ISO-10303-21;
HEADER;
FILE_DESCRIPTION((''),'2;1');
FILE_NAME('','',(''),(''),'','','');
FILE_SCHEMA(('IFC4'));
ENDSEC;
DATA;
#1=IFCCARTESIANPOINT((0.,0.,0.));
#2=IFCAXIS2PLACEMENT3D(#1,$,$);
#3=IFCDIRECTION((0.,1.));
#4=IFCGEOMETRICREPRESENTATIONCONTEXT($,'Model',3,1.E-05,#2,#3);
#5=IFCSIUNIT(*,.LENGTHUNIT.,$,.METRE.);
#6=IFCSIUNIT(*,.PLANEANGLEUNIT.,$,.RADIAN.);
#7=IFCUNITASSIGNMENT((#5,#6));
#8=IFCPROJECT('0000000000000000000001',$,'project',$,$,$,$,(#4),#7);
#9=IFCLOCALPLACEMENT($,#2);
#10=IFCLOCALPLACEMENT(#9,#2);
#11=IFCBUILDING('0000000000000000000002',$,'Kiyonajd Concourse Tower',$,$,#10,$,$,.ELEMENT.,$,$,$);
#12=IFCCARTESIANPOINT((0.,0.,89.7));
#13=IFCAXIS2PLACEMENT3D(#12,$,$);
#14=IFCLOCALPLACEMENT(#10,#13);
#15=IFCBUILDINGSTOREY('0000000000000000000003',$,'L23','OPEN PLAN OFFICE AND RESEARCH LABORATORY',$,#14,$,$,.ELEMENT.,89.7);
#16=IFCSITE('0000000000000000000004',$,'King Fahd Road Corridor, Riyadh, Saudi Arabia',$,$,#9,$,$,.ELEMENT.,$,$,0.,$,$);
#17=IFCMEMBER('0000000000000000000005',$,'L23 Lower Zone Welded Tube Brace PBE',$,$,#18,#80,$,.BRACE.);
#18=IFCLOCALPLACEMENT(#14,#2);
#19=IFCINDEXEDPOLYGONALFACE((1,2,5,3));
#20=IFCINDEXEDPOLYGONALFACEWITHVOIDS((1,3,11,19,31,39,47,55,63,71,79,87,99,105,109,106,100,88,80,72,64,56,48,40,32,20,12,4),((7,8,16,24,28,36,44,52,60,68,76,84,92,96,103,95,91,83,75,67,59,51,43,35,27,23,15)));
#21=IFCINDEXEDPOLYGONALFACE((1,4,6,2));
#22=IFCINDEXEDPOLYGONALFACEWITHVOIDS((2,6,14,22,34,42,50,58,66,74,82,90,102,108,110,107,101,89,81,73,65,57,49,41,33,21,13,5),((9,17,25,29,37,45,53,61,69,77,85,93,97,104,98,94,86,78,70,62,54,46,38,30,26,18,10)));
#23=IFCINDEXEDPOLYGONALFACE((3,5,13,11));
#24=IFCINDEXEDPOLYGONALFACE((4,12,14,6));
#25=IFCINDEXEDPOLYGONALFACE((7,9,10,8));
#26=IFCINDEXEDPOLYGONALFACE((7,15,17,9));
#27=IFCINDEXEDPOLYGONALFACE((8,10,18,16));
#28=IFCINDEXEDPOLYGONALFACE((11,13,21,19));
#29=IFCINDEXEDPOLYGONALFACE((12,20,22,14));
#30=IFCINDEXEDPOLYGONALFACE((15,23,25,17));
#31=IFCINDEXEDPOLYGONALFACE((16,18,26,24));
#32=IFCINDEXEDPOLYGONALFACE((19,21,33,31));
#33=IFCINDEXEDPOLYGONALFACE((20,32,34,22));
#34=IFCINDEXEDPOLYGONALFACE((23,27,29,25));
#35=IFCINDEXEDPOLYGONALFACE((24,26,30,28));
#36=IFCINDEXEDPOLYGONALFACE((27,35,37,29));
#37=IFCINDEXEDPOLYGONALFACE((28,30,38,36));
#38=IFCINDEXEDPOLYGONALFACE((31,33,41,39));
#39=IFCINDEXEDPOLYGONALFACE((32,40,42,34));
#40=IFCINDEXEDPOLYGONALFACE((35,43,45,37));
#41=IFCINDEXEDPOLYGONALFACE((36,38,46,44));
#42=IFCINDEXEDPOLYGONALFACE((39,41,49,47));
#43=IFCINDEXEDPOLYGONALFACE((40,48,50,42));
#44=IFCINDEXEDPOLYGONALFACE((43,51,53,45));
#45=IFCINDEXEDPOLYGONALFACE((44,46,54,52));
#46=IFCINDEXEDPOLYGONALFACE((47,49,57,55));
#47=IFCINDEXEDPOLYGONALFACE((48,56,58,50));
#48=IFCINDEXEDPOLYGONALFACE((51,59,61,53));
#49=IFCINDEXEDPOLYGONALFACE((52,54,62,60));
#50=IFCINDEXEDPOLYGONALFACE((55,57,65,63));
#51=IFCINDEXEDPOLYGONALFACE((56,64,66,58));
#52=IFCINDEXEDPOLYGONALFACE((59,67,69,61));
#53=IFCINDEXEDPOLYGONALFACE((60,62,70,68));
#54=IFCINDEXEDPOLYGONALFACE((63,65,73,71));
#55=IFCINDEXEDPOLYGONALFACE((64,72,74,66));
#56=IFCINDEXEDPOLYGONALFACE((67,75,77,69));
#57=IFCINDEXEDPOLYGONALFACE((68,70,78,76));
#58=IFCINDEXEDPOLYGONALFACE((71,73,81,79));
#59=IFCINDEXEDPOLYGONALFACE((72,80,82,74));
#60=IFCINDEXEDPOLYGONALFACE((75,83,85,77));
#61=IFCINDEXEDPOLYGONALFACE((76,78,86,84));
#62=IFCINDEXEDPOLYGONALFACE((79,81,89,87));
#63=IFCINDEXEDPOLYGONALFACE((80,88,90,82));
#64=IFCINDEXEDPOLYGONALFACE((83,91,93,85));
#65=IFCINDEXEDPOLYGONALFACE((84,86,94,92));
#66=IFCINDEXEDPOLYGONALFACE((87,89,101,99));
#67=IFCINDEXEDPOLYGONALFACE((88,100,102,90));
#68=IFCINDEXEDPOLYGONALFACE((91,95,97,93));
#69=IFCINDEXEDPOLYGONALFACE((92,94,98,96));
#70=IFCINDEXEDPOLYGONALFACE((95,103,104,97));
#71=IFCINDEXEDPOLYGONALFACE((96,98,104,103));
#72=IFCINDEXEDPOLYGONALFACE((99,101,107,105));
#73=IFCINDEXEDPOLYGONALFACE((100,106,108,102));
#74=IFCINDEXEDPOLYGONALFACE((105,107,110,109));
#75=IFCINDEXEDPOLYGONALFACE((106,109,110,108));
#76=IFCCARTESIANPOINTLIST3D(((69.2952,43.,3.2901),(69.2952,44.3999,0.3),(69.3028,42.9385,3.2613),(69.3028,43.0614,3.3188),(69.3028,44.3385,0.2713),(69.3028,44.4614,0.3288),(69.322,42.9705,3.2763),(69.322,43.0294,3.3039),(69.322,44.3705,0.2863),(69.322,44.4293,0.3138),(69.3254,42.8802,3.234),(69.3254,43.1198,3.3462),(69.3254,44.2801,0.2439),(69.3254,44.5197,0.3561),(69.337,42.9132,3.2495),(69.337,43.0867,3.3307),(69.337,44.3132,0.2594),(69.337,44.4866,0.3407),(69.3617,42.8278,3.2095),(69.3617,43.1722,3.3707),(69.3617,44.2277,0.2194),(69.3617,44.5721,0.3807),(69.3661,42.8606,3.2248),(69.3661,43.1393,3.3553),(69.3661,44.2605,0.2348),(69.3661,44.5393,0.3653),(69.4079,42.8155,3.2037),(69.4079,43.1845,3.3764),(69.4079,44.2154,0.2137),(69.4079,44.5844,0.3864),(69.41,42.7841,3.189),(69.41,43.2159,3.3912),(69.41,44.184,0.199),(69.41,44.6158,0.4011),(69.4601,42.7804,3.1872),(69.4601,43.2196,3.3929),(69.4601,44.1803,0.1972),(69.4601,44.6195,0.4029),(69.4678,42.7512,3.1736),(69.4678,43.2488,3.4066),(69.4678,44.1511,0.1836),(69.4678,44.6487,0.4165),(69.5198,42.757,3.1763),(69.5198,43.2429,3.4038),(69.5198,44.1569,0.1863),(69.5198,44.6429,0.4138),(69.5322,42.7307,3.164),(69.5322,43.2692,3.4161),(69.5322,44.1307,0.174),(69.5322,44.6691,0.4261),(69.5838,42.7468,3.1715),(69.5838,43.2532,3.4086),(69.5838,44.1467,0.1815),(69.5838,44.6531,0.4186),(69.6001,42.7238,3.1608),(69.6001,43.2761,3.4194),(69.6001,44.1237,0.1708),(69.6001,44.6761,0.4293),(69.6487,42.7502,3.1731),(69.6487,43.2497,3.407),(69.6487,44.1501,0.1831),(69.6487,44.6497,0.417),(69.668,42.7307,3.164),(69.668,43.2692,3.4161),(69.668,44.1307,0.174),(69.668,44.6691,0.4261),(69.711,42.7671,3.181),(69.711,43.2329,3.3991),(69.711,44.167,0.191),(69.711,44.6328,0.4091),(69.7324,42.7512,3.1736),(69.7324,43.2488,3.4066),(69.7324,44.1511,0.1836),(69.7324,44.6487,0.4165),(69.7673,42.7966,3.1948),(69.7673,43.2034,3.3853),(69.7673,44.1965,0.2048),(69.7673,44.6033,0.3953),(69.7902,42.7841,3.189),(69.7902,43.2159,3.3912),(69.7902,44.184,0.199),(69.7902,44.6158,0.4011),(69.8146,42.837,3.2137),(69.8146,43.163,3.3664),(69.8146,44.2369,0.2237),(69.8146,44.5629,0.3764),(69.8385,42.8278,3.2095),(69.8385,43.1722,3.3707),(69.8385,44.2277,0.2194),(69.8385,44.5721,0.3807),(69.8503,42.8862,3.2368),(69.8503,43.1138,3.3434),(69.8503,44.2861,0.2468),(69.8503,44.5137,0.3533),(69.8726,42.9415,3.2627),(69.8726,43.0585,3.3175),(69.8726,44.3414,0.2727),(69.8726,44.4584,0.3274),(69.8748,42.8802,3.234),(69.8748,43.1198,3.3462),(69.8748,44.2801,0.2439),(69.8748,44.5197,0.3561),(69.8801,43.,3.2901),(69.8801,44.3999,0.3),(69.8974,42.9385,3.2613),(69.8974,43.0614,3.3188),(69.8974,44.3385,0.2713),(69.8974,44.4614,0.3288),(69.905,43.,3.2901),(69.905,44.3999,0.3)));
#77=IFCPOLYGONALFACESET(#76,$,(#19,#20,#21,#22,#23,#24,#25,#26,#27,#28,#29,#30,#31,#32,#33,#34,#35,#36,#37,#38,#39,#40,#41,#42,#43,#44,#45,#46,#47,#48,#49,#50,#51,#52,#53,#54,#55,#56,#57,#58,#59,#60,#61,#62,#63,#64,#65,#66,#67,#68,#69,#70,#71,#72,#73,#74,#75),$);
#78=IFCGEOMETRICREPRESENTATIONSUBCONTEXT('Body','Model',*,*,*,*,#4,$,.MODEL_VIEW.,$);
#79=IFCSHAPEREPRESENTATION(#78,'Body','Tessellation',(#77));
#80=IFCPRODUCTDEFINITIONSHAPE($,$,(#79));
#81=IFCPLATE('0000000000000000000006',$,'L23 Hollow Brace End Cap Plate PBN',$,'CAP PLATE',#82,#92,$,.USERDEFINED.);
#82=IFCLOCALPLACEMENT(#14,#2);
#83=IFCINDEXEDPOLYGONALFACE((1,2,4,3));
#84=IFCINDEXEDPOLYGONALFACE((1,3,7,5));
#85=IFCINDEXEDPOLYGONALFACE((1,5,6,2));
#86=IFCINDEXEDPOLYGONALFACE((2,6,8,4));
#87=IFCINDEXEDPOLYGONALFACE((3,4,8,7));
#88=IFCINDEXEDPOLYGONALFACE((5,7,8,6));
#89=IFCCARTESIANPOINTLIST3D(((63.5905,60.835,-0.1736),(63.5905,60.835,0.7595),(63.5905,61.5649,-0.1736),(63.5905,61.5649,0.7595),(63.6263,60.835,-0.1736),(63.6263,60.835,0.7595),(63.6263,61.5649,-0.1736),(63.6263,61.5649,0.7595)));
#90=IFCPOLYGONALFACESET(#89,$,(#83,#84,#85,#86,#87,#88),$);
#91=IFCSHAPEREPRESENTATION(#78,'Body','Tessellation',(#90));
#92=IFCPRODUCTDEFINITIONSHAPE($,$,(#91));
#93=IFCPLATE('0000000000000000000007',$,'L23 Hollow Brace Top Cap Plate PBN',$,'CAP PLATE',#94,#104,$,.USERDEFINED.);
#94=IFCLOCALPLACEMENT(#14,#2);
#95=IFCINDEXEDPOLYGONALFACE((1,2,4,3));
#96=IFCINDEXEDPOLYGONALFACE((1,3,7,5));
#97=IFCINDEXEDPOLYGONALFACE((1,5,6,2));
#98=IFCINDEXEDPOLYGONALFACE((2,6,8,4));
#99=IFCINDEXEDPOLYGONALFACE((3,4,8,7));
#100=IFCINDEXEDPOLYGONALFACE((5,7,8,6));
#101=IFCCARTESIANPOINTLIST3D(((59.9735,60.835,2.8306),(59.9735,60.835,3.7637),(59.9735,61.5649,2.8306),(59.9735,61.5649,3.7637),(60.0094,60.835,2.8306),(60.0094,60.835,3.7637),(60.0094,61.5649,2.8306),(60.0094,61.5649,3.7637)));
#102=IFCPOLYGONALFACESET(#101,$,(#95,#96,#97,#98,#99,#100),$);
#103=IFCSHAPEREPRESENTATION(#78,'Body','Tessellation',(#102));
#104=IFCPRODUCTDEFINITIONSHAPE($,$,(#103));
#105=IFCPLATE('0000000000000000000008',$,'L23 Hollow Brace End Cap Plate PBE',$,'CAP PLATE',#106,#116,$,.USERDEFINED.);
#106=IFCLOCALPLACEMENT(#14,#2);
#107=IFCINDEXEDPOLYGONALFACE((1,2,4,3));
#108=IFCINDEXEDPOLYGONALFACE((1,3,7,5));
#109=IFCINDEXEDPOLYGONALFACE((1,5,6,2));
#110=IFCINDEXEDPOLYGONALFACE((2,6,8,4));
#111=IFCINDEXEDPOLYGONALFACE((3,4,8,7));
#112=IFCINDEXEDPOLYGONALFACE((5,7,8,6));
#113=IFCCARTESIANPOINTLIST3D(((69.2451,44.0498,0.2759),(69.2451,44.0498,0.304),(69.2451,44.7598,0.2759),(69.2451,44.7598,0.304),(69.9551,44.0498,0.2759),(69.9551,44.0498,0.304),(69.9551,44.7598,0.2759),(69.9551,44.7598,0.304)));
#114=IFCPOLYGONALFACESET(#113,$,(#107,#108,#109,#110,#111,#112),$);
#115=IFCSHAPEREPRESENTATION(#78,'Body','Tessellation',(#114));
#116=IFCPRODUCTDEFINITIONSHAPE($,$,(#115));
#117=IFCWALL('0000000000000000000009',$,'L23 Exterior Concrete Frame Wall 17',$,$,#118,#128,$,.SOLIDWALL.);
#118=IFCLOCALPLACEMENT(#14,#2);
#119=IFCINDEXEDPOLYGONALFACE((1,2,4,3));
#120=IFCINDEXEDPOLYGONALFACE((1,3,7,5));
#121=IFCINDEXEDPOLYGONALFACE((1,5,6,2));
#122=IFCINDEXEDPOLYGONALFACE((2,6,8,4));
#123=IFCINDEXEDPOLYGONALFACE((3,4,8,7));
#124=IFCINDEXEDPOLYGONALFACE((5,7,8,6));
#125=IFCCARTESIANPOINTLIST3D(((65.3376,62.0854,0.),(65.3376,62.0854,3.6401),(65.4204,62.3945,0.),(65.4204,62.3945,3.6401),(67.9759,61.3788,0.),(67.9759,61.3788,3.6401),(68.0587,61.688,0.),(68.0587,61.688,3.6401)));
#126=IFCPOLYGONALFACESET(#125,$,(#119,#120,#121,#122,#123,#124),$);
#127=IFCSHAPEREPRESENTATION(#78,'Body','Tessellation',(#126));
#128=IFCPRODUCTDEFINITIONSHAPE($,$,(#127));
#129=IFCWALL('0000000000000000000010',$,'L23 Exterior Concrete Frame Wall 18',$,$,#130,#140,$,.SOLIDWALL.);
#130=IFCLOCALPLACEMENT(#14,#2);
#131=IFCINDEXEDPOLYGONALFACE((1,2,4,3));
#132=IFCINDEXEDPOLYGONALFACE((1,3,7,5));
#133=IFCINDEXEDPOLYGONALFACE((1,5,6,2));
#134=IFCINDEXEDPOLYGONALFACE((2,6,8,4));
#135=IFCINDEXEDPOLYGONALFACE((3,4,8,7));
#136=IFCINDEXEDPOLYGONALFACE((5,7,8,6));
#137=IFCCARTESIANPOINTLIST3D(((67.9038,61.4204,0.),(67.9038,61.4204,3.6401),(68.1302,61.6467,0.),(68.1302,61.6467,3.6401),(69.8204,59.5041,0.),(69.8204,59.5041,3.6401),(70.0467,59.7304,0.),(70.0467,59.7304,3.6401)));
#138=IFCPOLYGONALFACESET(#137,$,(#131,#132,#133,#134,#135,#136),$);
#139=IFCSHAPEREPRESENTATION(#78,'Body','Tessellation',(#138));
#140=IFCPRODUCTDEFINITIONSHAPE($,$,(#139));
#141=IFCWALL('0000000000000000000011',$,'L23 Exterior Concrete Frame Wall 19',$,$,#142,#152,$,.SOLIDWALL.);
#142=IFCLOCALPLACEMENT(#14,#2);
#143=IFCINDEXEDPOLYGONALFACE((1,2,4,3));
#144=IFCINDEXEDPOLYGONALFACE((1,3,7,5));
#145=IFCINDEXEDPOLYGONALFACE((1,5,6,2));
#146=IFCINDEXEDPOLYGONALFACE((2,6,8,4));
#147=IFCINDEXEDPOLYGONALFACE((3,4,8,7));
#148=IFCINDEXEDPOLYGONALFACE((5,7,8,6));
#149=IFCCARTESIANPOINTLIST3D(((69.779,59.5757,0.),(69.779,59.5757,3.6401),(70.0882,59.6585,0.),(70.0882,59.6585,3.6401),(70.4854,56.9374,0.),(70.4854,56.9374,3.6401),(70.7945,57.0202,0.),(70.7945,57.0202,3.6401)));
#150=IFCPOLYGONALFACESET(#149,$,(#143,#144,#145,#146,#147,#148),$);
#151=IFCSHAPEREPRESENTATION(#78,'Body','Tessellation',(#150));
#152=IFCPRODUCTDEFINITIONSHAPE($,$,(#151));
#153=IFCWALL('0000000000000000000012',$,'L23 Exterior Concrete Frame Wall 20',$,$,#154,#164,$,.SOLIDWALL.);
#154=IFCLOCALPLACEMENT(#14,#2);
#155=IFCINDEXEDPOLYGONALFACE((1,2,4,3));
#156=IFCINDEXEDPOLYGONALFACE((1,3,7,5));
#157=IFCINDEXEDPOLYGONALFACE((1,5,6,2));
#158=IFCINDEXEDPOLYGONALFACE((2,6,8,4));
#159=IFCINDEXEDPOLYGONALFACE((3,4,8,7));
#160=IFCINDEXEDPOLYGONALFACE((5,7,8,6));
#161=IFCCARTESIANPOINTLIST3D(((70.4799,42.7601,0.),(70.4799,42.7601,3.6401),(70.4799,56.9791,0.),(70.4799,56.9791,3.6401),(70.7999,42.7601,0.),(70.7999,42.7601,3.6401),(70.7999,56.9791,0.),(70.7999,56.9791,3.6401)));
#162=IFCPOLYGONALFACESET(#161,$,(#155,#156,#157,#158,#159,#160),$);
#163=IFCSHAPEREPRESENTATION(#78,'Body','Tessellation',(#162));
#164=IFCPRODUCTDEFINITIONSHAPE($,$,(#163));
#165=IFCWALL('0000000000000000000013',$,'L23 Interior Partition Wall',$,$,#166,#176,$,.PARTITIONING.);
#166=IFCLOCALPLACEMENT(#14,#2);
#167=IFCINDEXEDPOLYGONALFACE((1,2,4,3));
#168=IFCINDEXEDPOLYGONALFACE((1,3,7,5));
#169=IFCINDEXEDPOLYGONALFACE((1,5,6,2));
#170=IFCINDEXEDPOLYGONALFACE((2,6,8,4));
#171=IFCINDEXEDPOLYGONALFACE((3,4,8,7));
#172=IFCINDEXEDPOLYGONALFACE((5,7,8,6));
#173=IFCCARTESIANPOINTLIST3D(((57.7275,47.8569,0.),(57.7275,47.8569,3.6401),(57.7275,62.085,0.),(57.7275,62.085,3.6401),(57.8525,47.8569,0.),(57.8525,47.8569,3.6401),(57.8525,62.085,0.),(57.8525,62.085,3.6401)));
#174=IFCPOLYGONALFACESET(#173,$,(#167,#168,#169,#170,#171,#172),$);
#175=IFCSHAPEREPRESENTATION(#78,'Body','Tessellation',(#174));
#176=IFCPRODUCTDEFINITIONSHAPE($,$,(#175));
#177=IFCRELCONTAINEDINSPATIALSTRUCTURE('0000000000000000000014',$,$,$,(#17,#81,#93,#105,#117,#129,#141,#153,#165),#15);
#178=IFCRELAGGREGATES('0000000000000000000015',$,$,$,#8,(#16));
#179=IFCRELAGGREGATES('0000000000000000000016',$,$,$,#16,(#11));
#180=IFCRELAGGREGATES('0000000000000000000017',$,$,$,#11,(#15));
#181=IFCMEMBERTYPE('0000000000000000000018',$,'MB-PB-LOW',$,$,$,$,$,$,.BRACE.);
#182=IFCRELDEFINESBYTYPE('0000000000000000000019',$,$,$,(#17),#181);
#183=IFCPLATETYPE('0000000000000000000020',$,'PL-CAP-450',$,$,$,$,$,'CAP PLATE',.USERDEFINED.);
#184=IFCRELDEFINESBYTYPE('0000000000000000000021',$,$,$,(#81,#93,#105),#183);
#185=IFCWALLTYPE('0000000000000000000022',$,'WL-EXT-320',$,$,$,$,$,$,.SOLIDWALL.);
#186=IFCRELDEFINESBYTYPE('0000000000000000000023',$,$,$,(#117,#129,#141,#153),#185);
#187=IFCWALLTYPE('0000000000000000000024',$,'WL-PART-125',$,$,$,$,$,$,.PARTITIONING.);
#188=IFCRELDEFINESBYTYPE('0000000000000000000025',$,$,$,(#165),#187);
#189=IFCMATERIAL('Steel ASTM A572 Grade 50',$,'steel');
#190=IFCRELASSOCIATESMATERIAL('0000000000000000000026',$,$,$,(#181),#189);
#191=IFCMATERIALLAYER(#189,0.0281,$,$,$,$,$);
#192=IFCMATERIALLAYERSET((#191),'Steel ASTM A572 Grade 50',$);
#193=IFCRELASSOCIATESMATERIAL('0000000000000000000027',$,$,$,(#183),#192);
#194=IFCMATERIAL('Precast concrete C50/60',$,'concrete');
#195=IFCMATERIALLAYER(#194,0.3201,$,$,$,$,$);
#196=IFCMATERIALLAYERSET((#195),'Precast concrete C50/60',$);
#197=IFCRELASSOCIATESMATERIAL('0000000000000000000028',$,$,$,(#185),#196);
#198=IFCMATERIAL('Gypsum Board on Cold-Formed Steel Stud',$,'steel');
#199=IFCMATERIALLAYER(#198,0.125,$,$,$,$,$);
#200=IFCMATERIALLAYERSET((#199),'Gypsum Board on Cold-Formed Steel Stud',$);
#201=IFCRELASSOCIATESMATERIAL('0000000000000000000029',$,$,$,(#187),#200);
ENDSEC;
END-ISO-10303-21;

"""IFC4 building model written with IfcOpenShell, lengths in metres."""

from ifc_helpers import new_model, si_unit, direction, frame, frame_2d, origin, origin_2d, place, context, subcontext, project, spatial, rectangle, hollow_circle, extrude, material, layer, layer_set, material_profile, profile_set, type_object, element, save


model = new_model("IFC4")

# Units and contexts
model_context = context("Model", 3, precision=1e-05, world=origin(), true_north=direction((0.0, 1.0)))
body_context = subcontext(model_context, "Body", "Model", "MODEL_VIEW")
ifc_project = project(units=[si_unit("LENGTHUNIT", "METRE"), si_unit("PLANEANGLEUNIT", "RADIAN")], contexts=[model_context])

# Site, building, storey
site_placement = place(None, origin())
site = spatial("IfcSite", under=ifc_project, at=site_placement, Name="King Fahd Road Corridor, Riyadh, Saudi Arabia", CompositionType="ELEMENT", RefElevation=0.0)
building_placement = place(site_placement, origin())
building = spatial("IfcBuilding", under=site, at=building_placement, Name="Kiyonajd Concourse Tower", CompositionType="ELEMENT")
storey_placement = place(building_placement, frame((0.0, 0.0, 89.7)))
storey = spatial("IfcBuildingStorey", under=building, at=storey_placement, Name="L23", Description="OPEN PLAN OFFICE AND RESEARCH LABORATORY", CompositionType="ELEMENT", Elevation=89.7)

# Shared definitions
ifc_material_1 = material(Name="Precast concrete C50/60", Category="concrete")

# Member
ifc_material_2 = material(Name="Steel ASTM A572 Grade 50", Category="steel")
ifc_material_profile_1 = material_profile(ifc_material_2, hollow_circle(Radius=0.3049, WallThickness=0.0249, at=origin_2d()), Name="CHS-610x25")
ifc_profile_set_1 = profile_set([ifc_material_profile_1], Name="Steel ASTM A572 Grade 50")
member_type = type_object("IfcMemberType", Name="MB-PB-LOW", PredefinedType="BRACE", material=ifc_profile_set_1)
member_1_placement = place(storey_placement, frame((69.6001, 44.3999, 0.3), z_axis=(0.0, -0.424023, 0.905652), x_axis=(1.0, 0.0, 0.0)))
element("IfcMember", 1, at=member_1_placement, inside=storey, type_object=member_type, Name="L23 Lower Zone Welded Tube Brace PBE", PredefinedType="BRACE", context=body_context, shape_type="SweptSolid", body=[
    extrude(hollow_circle(Radius=0.3049, WallThickness=0.0249, at=origin_2d()), origin(), (0.0, 0.0, 1.0), 3.3015),
])

# Plates
ifc_layer_1 = layer(ifc_material_2, 0.0281)
ifc_layer_set_1 = layer_set([ifc_layer_1], Name="Steel ASTM A572 Grade 50")
plate_type = type_object("IfcPlateType", Name="PL-CAP-450", ElementType="CAP PLATE", PredefinedType="USERDEFINED", material=ifc_layer_set_1)
for number, where, z_axis, x_axis, name in (
    (2, (63.6084, 61.2, -0.1736), (0.0, 0.0, 1.0), (1.0, 0.0, 0.0), "L23 Hollow Brace End Cap Plate PBN"),
    (3, (59.9915, 61.2, 2.8306), (0.0, 0.0, 1.0), (-1.0, 0.0, 0.0), "L23 Hollow Brace Top Cap Plate PBN"),
):
    element("IfcPlate", number, at=place(storey_placement, frame(where, z_axis=z_axis, x_axis=x_axis)), inside=storey, type_object=plate_type, Name=name, ObjectType="CAP PLATE", PredefinedType="USERDEFINED", context=body_context, shape_type="SweptSolid", body=[
        extrude(rectangle(XDim=0.0359, YDim=0.73, at=origin_2d()), origin(), (0.0, 0.0, 1.0), 0.9331),
    ])
plate_placement = place(storey_placement, frame((69.6001, 44.4048, 0.2759), z_axis=(0.0, 0.0, 1.0), x_axis=(1.0, 0.0, 0.0)))
element("IfcPlate", 4, at=plate_placement, inside=storey, type_object=plate_type, Name="L23 Hollow Brace End Cap Plate PBE", ObjectType="CAP PLATE", PredefinedType="USERDEFINED", context=body_context, shape_type="SweptSolid", body=[
    extrude(rectangle(XDim=0.71, YDim=0.71, at=origin_2d()), origin(), (0.0, 0.0, 1.0), 0.0281),
])

# Walls
ifc_layer_2 = layer(ifc_material_1, 0.3201)
ifc_layer_set_2 = layer_set([ifc_layer_2], Name="Precast concrete C50/60")
wall_type_1 = type_object("IfcWallType", Name="WL-EXT-320", PredefinedType="SOLIDWALL", material=ifc_layer_set_2)
wall_1_placement = place(storey_placement, frame((65.3789, 62.24, 0.0), z_axis=(0.0, 0.0, 1.0), x_axis=(0.965958, -0.258697, 0.0)))
element("IfcWall", 5, at=wall_1_placement, inside=storey, type_object=wall_type_1, Name="L23 Exterior Concrete Frame Wall 17", PredefinedType="SOLIDWALL", context=body_context, shape_type="SweptSolid", body=[
    extrude(rectangle(XDim=2.7312, YDim=0.3201, at=frame_2d((1.3657, 0.0))), origin(), (0.0, 0.0, 1.0), 3.6401),
])
wall_2_placement = place(storey_placement, frame((68.0171, 61.5334, 0.0), z_axis=(0.0, 0.0, 1.0), x_axis=(0.707152, -0.707062, 0.0)))
element("IfcWall", 6, at=wall_2_placement, inside=storey, type_object=wall_type_1, Name="L23 Exterior Concrete Frame Wall 18", PredefinedType="SOLIDWALL", context=body_context, shape_type="SweptSolid", body=[
    extrude(rectangle(XDim=2.7102, YDim=0.3201, at=frame_2d((1.355, 0.0))), origin(), (0.0, 0.0, 1.0), 3.6401),
])
wall_3_placement = place(storey_placement, frame((69.9336, 59.6172, 0.0), z_axis=(0.0, 0.0, 1.0), x_axis=(0.258614, -0.965981, 0.0)))
element("IfcWall", 7, at=wall_3_placement, inside=storey, type_object=wall_type_1, Name="L23 Exterior Concrete Frame Wall 19", PredefinedType="SOLIDWALL", context=body_context, shape_type="SweptSolid", body=[
    extrude(rectangle(XDim=2.7312, YDim=0.3201, at=frame_2d((1.3657, 0.0))), origin(), (0.0, 0.0, 1.0), 3.6401),
])
wall_4_placement = place(storey_placement, frame((70.6399, 56.979, 0.0), z_axis=(0.0, 0.0, 1.0), x_axis=(0.0, -1.0, 0.0)))
element("IfcWall", 8, at=wall_4_placement, inside=storey, type_object=wall_type_1, Name="L23 Exterior Concrete Frame Wall 20", PredefinedType="SOLIDWALL", context=body_context, shape_type="SweptSolid", body=[
    extrude(rectangle(XDim=14.219, YDim=0.3201, at=frame_2d((7.1094, 0.0))), origin(), (0.0, 0.0, 1.0), 3.6401),
])
ifc_material_3 = material(Name="Gypsum Board on Cold-Formed Steel Stud", Category="steel")
ifc_layer_3 = layer(ifc_material_3, 0.125)
ifc_layer_set_3 = layer_set([ifc_layer_3], Name="Gypsum Board on Cold-Formed Steel Stud")
wall_type_2 = type_object("IfcWallType", Name="WL-PART-125", PredefinedType="PARTITIONING", material=ifc_layer_set_3)
wall_5_placement = place(storey_placement, frame((57.79, 47.8569, 0.0), z_axis=(0.0, 0.0, 1.0), x_axis=(0.0, 1.0, 0.0)))
element("IfcWall", 9, at=wall_5_placement, inside=storey, type_object=wall_type_2, Name="L23 Interior Partition Wall", PredefinedType="PARTITIONING", context=body_context, shape_type="SweptSolid", body=[
    extrude(rectangle(XDim=14.228, YDim=0.125, at=frame_2d((7.114, 0.0))), origin(), (0.0, 0.0, 1.0), 3.6401),
])

save(model, "model.ifc")
